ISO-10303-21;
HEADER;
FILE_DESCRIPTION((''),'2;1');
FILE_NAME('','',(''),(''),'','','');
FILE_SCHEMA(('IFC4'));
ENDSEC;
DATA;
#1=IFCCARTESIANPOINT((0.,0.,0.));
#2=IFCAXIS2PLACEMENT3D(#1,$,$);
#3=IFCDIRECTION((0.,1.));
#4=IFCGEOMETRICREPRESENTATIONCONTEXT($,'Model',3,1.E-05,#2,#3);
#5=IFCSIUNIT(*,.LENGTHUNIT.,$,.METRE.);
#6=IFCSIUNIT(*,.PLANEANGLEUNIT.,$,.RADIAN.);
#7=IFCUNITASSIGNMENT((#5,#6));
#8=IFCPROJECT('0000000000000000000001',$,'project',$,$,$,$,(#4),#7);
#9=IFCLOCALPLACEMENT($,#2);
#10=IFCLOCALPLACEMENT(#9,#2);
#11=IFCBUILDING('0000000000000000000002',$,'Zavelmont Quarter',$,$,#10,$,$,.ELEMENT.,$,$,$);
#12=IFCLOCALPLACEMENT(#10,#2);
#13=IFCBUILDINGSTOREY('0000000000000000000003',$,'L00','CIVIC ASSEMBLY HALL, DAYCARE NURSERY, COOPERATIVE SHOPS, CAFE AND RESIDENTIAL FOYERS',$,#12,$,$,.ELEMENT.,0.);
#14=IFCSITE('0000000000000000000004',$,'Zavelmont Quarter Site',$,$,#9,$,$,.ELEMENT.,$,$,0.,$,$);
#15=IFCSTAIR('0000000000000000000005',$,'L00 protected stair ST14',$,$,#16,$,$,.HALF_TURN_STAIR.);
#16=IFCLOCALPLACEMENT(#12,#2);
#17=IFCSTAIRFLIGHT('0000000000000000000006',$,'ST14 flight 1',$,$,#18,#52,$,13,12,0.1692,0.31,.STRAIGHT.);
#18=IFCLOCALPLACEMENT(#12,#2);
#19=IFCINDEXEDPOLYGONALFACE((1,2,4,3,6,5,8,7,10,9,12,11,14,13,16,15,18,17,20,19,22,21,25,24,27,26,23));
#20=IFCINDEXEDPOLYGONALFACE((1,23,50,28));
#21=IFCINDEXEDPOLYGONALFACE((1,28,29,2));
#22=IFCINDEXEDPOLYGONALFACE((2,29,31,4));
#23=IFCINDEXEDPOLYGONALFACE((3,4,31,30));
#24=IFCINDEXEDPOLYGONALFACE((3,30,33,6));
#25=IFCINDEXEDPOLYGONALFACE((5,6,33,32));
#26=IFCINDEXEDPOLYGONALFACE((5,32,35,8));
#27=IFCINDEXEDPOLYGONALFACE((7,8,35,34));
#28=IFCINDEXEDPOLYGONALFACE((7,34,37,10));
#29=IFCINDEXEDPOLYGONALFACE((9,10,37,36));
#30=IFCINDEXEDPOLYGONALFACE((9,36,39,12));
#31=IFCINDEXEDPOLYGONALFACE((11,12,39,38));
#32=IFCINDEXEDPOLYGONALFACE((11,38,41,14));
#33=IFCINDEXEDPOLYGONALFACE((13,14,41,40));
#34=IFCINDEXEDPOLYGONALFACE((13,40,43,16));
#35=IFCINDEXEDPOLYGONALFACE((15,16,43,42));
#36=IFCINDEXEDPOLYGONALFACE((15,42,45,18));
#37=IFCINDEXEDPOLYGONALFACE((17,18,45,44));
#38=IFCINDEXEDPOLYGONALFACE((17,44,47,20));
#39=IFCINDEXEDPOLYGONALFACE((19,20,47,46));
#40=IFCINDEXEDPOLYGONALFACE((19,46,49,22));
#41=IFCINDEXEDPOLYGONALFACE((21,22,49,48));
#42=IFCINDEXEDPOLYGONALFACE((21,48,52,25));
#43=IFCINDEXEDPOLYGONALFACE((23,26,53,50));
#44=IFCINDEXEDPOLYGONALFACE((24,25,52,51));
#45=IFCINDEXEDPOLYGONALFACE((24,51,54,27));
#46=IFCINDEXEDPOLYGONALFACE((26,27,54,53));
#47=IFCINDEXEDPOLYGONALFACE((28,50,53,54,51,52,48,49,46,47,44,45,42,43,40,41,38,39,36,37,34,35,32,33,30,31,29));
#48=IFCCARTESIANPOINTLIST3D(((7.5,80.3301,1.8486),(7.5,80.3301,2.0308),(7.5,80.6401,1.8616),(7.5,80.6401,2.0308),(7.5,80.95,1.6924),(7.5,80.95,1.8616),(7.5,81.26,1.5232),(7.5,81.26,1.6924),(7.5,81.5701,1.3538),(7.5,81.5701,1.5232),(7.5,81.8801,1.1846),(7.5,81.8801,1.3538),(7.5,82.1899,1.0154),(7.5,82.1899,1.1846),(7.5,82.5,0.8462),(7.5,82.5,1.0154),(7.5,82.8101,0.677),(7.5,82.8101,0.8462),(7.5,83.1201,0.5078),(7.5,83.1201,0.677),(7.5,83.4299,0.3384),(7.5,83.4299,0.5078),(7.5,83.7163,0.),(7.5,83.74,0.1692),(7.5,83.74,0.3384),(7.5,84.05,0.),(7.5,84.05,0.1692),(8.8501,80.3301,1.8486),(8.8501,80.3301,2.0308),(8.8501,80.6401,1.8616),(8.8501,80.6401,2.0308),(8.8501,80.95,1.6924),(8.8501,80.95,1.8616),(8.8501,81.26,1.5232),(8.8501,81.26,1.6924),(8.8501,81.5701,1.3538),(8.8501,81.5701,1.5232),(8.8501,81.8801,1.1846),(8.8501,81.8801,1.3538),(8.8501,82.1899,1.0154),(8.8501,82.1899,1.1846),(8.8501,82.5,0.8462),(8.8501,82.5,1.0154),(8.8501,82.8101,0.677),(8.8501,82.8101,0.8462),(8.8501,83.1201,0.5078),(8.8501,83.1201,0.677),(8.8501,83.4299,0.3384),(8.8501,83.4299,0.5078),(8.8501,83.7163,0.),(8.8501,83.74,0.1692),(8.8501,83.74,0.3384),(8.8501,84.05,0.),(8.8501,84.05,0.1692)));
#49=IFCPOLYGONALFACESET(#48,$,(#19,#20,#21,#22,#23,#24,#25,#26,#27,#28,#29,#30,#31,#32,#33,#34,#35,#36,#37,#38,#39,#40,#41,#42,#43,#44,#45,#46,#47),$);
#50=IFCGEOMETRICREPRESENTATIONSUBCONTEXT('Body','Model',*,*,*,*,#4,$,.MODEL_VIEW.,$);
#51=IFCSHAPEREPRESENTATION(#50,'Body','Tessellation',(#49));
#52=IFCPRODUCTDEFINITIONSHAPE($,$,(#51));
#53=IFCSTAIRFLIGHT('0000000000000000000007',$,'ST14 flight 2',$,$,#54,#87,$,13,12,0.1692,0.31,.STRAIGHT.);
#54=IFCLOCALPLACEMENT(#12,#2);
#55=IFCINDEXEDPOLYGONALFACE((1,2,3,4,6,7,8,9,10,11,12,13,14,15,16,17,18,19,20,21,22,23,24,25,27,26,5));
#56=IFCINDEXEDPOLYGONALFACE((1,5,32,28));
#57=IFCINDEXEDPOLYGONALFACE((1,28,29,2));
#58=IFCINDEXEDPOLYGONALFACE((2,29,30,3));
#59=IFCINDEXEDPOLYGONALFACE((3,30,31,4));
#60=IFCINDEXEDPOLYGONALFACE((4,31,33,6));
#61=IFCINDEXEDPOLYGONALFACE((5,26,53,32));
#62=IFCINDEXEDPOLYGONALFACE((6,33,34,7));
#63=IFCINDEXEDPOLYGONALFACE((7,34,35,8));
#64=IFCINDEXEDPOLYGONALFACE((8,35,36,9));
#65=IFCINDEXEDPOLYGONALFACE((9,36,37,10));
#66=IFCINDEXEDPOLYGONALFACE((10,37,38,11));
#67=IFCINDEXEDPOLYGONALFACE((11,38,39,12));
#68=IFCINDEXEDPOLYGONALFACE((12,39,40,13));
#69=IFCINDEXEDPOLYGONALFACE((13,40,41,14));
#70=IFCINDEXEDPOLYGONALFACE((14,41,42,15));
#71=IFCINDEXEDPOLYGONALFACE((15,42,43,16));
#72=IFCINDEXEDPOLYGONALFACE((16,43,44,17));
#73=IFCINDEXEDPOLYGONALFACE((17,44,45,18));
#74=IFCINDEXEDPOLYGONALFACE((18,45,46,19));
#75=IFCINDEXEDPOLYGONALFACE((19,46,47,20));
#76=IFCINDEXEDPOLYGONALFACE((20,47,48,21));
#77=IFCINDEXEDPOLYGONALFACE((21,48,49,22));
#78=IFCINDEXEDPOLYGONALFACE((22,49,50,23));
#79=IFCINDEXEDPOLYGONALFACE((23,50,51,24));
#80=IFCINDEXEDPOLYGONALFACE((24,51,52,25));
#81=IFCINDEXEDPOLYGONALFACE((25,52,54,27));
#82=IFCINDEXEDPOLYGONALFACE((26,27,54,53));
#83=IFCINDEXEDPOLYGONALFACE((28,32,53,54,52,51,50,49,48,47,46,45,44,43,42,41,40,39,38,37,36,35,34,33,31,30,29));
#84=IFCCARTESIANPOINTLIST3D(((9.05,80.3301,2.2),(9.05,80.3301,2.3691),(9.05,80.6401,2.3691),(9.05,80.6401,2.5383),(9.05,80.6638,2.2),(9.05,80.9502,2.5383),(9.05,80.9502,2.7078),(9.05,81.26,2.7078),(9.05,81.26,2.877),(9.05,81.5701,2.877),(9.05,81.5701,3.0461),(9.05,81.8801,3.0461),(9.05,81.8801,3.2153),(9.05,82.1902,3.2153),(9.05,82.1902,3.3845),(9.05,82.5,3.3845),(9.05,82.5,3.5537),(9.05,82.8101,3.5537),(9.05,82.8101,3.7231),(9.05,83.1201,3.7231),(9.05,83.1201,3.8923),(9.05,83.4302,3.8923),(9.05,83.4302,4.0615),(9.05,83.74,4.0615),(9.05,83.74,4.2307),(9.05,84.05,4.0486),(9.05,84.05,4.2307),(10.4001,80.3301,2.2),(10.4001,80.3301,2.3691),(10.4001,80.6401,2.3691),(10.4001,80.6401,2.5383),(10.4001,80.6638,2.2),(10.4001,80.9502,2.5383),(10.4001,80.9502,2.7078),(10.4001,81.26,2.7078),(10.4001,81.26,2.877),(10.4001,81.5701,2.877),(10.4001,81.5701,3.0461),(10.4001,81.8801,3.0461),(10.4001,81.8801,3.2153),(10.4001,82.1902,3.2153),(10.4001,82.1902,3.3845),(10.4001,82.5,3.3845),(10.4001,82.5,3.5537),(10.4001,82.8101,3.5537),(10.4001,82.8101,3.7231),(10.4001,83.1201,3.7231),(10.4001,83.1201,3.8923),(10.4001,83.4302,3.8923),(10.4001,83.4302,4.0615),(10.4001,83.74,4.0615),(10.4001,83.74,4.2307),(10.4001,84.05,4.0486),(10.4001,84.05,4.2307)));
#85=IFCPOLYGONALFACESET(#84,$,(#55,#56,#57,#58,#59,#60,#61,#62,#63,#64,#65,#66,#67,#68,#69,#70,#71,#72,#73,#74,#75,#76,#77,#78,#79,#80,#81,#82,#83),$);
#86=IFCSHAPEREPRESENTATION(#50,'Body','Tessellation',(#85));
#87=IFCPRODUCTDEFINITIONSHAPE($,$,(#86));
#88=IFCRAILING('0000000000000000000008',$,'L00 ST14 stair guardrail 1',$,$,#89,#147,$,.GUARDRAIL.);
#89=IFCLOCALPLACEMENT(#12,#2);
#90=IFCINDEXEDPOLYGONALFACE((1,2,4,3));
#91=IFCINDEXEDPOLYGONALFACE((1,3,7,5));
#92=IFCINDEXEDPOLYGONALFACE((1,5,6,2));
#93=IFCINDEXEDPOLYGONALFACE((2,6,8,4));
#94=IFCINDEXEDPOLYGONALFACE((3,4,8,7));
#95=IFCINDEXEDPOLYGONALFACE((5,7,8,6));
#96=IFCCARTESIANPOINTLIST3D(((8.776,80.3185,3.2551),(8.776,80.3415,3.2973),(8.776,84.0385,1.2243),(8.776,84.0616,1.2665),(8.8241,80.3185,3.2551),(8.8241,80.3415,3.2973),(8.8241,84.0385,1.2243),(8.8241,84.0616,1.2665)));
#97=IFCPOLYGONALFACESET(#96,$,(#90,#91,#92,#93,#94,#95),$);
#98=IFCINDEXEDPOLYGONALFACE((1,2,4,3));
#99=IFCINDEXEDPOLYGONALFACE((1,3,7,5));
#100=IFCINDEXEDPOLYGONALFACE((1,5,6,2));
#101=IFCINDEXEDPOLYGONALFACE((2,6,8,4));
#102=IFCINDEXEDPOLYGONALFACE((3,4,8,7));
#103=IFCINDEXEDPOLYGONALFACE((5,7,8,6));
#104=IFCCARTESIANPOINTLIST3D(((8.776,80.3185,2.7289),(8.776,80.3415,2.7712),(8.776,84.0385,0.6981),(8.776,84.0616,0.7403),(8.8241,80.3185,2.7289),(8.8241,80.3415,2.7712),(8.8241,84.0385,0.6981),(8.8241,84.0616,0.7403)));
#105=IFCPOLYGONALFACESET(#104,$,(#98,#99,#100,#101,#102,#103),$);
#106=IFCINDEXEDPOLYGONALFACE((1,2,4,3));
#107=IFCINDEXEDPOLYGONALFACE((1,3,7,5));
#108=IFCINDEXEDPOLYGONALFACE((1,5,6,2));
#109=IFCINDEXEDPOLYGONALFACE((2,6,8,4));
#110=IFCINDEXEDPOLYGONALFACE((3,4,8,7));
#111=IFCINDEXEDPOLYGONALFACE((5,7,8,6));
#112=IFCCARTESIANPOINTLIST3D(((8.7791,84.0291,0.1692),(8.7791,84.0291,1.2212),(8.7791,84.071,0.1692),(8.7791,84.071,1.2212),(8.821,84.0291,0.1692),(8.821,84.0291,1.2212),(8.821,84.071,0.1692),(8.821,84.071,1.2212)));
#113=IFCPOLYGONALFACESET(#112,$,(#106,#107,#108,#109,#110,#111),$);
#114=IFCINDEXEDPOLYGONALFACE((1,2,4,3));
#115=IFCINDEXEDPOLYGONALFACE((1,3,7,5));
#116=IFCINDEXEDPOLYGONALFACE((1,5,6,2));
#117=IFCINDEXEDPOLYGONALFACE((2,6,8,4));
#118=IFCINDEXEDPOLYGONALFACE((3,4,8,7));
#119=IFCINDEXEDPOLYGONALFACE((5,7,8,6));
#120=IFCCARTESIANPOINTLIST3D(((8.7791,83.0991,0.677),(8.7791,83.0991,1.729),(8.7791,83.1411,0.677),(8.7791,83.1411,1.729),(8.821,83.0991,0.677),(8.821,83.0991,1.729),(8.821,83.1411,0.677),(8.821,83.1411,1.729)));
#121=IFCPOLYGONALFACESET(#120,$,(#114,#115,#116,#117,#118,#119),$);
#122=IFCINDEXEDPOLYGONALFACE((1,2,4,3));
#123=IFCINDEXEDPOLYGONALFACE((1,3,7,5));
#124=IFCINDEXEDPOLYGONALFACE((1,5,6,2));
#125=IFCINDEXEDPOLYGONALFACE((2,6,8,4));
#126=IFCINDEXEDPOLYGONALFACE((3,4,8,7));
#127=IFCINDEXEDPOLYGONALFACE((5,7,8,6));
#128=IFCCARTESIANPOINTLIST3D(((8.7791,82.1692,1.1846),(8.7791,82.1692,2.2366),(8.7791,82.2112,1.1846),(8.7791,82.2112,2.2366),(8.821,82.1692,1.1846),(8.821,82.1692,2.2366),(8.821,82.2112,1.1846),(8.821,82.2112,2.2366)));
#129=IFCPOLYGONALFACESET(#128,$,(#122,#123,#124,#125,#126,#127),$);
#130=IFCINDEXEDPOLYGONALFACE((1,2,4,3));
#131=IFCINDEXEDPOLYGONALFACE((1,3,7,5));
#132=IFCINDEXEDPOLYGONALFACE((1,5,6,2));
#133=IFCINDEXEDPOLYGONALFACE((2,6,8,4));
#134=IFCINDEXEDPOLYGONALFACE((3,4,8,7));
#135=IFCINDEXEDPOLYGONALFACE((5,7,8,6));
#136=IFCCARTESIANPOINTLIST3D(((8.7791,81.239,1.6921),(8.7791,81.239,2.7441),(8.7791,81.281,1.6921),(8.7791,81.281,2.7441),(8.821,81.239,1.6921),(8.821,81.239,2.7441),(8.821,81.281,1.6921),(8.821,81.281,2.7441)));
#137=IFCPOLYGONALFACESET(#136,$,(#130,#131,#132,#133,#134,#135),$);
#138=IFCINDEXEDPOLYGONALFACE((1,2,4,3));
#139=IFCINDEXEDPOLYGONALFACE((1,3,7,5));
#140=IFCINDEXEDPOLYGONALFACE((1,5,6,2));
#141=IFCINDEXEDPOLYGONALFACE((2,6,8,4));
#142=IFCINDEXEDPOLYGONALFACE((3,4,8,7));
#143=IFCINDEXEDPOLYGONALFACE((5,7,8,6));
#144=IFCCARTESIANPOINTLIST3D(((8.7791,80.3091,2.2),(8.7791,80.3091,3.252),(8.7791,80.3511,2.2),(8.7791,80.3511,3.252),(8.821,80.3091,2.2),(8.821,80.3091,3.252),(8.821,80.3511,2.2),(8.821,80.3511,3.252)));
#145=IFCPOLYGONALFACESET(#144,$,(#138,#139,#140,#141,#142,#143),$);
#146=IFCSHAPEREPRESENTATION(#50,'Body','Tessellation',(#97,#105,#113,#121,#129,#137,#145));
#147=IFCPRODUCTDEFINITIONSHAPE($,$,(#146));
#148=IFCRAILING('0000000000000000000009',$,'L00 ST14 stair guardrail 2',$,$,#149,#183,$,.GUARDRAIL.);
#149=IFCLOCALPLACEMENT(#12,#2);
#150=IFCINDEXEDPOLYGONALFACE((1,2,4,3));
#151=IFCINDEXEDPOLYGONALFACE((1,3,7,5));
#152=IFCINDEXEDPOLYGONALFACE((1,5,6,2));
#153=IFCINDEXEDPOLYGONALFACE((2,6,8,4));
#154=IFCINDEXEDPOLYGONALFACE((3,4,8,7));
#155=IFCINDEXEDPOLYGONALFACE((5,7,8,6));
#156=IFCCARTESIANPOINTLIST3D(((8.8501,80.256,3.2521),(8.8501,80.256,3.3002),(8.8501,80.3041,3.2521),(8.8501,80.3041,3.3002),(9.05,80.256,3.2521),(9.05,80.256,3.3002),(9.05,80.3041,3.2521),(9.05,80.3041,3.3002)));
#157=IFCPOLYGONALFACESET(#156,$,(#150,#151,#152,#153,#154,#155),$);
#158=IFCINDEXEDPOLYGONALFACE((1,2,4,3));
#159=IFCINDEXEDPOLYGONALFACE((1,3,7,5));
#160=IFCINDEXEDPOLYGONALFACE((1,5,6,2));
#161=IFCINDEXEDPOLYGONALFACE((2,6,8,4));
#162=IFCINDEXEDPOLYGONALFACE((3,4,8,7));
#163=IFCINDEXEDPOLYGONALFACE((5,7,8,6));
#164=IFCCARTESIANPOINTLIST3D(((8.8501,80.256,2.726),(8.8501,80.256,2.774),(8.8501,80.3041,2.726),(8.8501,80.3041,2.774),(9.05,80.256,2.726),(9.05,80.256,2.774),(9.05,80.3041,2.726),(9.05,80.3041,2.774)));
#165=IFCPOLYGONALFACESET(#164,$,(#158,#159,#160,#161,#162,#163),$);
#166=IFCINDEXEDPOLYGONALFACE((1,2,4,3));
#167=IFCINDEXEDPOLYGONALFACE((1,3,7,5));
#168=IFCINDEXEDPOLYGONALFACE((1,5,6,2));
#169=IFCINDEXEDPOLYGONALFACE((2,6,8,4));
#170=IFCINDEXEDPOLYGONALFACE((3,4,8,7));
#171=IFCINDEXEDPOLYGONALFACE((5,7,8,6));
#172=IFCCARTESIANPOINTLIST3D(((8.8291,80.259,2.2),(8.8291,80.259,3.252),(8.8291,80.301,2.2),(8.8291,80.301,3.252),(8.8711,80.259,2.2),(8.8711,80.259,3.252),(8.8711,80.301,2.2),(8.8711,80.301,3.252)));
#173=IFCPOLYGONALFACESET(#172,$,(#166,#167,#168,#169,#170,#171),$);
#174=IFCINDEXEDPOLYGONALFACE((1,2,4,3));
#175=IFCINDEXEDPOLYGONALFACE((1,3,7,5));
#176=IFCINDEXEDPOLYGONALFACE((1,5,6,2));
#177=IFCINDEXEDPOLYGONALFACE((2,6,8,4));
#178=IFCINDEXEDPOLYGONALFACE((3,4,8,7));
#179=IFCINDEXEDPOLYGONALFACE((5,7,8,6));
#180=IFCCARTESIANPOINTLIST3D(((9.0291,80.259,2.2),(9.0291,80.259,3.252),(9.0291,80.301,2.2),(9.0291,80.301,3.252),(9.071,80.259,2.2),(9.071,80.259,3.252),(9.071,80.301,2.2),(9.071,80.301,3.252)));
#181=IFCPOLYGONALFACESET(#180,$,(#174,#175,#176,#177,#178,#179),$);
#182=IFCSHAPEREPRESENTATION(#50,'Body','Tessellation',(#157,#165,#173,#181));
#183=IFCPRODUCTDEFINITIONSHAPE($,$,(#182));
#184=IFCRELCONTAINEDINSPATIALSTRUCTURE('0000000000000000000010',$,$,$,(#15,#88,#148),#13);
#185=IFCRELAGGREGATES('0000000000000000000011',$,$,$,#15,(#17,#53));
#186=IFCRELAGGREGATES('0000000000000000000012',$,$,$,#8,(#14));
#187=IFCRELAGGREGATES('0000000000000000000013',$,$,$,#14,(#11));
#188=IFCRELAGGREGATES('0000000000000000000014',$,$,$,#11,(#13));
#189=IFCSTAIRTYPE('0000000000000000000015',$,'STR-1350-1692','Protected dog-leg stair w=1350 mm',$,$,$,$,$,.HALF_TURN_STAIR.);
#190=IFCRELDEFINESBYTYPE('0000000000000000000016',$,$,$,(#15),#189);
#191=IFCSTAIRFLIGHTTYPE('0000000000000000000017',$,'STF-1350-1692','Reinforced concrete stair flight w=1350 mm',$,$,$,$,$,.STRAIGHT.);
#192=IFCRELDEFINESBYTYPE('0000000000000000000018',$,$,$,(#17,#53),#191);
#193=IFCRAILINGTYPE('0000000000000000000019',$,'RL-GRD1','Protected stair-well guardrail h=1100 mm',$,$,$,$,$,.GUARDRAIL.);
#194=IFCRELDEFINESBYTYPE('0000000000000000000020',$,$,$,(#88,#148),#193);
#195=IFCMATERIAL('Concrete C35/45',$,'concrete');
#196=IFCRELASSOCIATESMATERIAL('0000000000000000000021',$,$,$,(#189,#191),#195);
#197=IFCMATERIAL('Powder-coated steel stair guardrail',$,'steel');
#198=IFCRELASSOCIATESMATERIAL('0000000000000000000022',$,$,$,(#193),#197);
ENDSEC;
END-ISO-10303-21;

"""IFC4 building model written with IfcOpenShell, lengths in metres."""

from ifc_helpers import new_model, si_unit, direction, frame, origin, origin_2d, place, context, subcontext, project, spatial, polyline, rectangle, outline, extrude, material, type_object, element, aggregate, save


model = new_model("IFC4")

# Units and contexts
model_context = context("Model", 3, precision=1e-05, world=origin(), true_north=direction((0.0, 1.0)))
body_context = subcontext(model_context, "Body", "Model", "MODEL_VIEW")
ifc_project = project(units=[si_unit("LENGTHUNIT", "METRE"), si_unit("PLANEANGLEUNIT", "RADIAN")], contexts=[model_context])

# Site, building, storey
site_placement = place(None, origin())
site = spatial("IfcSite", under=ifc_project, at=site_placement, Name="Zavelmont Quarter Site", CompositionType="ELEMENT", RefElevation=0.0)
building_placement = place(site_placement, origin())
building = spatial("IfcBuilding", under=site, at=building_placement, Name="Zavelmont Quarter", CompositionType="ELEMENT")
storey_placement = place(building_placement, origin())
storey = spatial("IfcBuildingStorey", under=building, at=storey_placement, Name="L00", Description="CIVIC ASSEMBLY HALL, DAYCARE NURSERY, COOPERATIVE SHOPS, CAFE AND RESIDENTIAL FOYERS", CompositionType="ELEMENT", Elevation=0.0)

# Shared definitions
ifc_material_1 = material(Name="Concrete C35/45", Category="concrete")

# Stair, stair flights
stair_type = type_object("IfcStairType", Name="STR-1350-1692", Description="Protected dog-leg stair w=1350 mm", PredefinedType="HALF_TURN_STAIR", material=ifc_material_1)
stair_placement = place(storey_placement, origin())
stair = element("IfcStair", 1, at=stair_placement, inside=storey, type_object=stair_type, Name="L00 protected stair ST14", PredefinedType="HALF_TURN_STAIR")
stair_flight_type = type_object("IfcStairFlightType", Name="STF-1350-1692", Description="Reinforced concrete stair flight w=1350 mm", PredefinedType="STRAIGHT", material=ifc_material_1)
stair_flight_1_placement = place(storey_placement, frame((8.175, 84.05, 0.0), z_axis=(0.0, 0.0, 1.0), x_axis=(0.0, -1.0, 0.0)))
stair_flight_1 = element("IfcStairFlight", 2, at=stair_flight_1_placement, type_object=stair_flight_type, Name="ST14 flight 1", NumberOfRisers=13, NumberOfTreads=12, PredefinedType="STRAIGHT", RiserHeight=0.1692, TreadLength=0.31, context=body_context, shape_type="SweptSolid", body=[
    extrude(outline(polyline([(0.0, 0.0), (0.0, 0.1692), (0.3101, 0.1692), (0.3101, 0.3384), (0.6201, 0.3384), (0.6201, 0.5078), (0.9299, 0.5078), (0.9299, 0.677), (1.24, 0.677), (1.24, 0.8462), (1.55, 0.8462), (1.55, 1.0154), (1.8601, 1.0154), (1.8601, 1.1846), (2.1699, 1.1846), (2.1699, 1.3538), (2.48, 1.3538), (2.48, 1.5232), (2.79, 1.5232), (2.79, 1.6924), (3.1001, 1.6924), (3.1001, 1.8616), (3.4099, 1.8616), (3.4099, 2.0308), (3.72, 2.0308), (3.72, 2.2), (3.72, 1.8486), (0.3337, 0.0), (0.0, 0.0)])), frame((0.0, 0.675, 0.0), z_axis=(0.0, -1.0, 0.0), x_axis=(1.0, 0.0, 0.0)), (0.0, 0.0, 1.0), 1.3501),
])
stair_flight_2_placement = place(storey_placement, frame((9.7251, 80.3301, 2.2), z_axis=(0.0, 0.0, 1.0), x_axis=(0.0, 1.0, 0.0)))
stair_flight_2 = element("IfcStairFlight", 3, at=stair_flight_2_placement, type_object=stair_flight_type, Name="ST14 flight 2", NumberOfRisers=13, NumberOfTreads=12, PredefinedType="STRAIGHT", RiserHeight=0.1692, TreadLength=0.31, context=body_context, shape_type="SweptSolid", body=[
    extrude(outline(polyline([(0.0, 0.0), (0.0, 0.1692), (0.3101, 0.1692), (0.3101, 0.3384), (0.6201, 0.3384), (0.6201, 0.5078), (0.9299, 0.5078), (0.9299, 0.677), (1.24, 0.677), (1.24, 0.8462), (1.55, 0.8462), (1.55, 1.0154), (1.8601, 1.0154), (1.8601, 1.1846), (2.1699, 1.1846), (2.1699, 1.3538), (2.48, 1.3538), (2.48, 1.5232), (2.79, 1.5232), (2.79, 1.6924), (3.1001, 1.6924), (3.1001, 1.8616), (3.4099, 1.8616), (3.4099, 2.0308), (3.72, 2.0308), (3.72, 2.2), (3.72, 1.8486), (0.3337, 0.0), (0.0, 0.0)])), frame((0.0, 0.675, 0.0), z_axis=(0.0, -1.0, 0.0), x_axis=(1.0, 0.0, 0.0)), (0.0, 0.0, 1.0), 1.3501),
])
aggregate(stair, [stair_flight_1, stair_flight_2])

# Railings
ifc_material_2 = material(Name="Powder-coated steel stair guardrail", Category="steel")
railing_type_1 = type_object("IfcRailingType", Name="RL-GRD1", Description="Protected stair-well guardrail h=1100 mm", PredefinedType="GUARDRAIL", material=ifc_material_2)
railing_1_placement = place(storey_placement, frame((8.8, 84.05, 0.1692)))
element("IfcRailing", 4, at=railing_1_placement, inside=storey, type_object=railing_type_1, Name="L00 ST14 stair guardrail 1", PredefinedType="GUARDRAIL", context=body_context, shape_type="SweptSolid", body=[
    extrude(rectangle(XDim=0.0481, YDim=0.0481, at=origin_2d()), frame((0.0, 0.0, 1.0762), z_axis=(0.0, -0.877728, 0.479159), x_axis=(1.0, 0.0, 0.0)), (0.0, 0.0, 1.0), 4.2383),
    extrude(rectangle(XDim=0.0481, YDim=0.0481, at=origin_2d()), frame((0.0, 0.0, 0.55), z_axis=(0.0, -0.877728, 0.479159), x_axis=(1.0, 0.0, 0.0)), (0.0, 0.0, 1.0), 4.2383),
    extrude(rectangle(XDim=0.042, YDim=0.042, at=origin_2d()), origin(), (0.0, 0.0, 1.0), 1.052),
    extrude(rectangle(XDim=0.042, YDim=0.042, at=origin_2d()), frame((0.0, -0.9299, 0.5078)), (0.0, 0.0, 1.0), 1.052),
    extrude(rectangle(XDim=0.042, YDim=0.042, at=origin_2d()), frame((0.0, -1.8599, 1.0154)), (0.0, 0.0, 1.0), 1.052),
    extrude(rectangle(XDim=0.042, YDim=0.042, at=origin_2d()), frame((0.0, -2.79, 1.5229)), (0.0, 0.0, 1.0), 1.052),
    extrude(rectangle(XDim=0.042, YDim=0.042, at=origin_2d()), frame((0.0, -3.72, 2.0308)), (0.0, 0.0, 1.0), 1.052),
])
railing_2_placement = place(storey_placement, frame((8.8501, 80.28, 2.2)))
element("IfcRailing", 5, at=railing_2_placement, inside=storey, type_object=railing_type_1, Name="L00 ST14 stair guardrail 2", PredefinedType="GUARDRAIL", context=body_context, shape_type="SweptSolid", body=[
    extrude(rectangle(XDim=0.0481, YDim=0.0481, at=origin_2d()), frame((0.0, 0.0, 1.0762), z_axis=(1.0, 0.0, 0.0), x_axis=(0.0, 1.0, 0.0)), (0.0, 0.0, 1.0), 0.2),
    extrude(rectangle(XDim=0.0481, YDim=0.0481, at=origin_2d()), frame((0.0, 0.0, 0.55), z_axis=(1.0, 0.0, 0.0), x_axis=(0.0, 1.0, 0.0)), (0.0, 0.0, 1.0), 0.2),
    extrude(rectangle(XDim=0.042, YDim=0.042, at=origin_2d()), origin(), (0.0, 0.0, 1.0), 1.052),
    extrude(rectangle(XDim=0.042, YDim=0.042, at=origin_2d()), frame((0.2, 0.0, 0.0)), (0.0, 0.0, 1.0), 1.052),
])

save(model, "model.ifc")
